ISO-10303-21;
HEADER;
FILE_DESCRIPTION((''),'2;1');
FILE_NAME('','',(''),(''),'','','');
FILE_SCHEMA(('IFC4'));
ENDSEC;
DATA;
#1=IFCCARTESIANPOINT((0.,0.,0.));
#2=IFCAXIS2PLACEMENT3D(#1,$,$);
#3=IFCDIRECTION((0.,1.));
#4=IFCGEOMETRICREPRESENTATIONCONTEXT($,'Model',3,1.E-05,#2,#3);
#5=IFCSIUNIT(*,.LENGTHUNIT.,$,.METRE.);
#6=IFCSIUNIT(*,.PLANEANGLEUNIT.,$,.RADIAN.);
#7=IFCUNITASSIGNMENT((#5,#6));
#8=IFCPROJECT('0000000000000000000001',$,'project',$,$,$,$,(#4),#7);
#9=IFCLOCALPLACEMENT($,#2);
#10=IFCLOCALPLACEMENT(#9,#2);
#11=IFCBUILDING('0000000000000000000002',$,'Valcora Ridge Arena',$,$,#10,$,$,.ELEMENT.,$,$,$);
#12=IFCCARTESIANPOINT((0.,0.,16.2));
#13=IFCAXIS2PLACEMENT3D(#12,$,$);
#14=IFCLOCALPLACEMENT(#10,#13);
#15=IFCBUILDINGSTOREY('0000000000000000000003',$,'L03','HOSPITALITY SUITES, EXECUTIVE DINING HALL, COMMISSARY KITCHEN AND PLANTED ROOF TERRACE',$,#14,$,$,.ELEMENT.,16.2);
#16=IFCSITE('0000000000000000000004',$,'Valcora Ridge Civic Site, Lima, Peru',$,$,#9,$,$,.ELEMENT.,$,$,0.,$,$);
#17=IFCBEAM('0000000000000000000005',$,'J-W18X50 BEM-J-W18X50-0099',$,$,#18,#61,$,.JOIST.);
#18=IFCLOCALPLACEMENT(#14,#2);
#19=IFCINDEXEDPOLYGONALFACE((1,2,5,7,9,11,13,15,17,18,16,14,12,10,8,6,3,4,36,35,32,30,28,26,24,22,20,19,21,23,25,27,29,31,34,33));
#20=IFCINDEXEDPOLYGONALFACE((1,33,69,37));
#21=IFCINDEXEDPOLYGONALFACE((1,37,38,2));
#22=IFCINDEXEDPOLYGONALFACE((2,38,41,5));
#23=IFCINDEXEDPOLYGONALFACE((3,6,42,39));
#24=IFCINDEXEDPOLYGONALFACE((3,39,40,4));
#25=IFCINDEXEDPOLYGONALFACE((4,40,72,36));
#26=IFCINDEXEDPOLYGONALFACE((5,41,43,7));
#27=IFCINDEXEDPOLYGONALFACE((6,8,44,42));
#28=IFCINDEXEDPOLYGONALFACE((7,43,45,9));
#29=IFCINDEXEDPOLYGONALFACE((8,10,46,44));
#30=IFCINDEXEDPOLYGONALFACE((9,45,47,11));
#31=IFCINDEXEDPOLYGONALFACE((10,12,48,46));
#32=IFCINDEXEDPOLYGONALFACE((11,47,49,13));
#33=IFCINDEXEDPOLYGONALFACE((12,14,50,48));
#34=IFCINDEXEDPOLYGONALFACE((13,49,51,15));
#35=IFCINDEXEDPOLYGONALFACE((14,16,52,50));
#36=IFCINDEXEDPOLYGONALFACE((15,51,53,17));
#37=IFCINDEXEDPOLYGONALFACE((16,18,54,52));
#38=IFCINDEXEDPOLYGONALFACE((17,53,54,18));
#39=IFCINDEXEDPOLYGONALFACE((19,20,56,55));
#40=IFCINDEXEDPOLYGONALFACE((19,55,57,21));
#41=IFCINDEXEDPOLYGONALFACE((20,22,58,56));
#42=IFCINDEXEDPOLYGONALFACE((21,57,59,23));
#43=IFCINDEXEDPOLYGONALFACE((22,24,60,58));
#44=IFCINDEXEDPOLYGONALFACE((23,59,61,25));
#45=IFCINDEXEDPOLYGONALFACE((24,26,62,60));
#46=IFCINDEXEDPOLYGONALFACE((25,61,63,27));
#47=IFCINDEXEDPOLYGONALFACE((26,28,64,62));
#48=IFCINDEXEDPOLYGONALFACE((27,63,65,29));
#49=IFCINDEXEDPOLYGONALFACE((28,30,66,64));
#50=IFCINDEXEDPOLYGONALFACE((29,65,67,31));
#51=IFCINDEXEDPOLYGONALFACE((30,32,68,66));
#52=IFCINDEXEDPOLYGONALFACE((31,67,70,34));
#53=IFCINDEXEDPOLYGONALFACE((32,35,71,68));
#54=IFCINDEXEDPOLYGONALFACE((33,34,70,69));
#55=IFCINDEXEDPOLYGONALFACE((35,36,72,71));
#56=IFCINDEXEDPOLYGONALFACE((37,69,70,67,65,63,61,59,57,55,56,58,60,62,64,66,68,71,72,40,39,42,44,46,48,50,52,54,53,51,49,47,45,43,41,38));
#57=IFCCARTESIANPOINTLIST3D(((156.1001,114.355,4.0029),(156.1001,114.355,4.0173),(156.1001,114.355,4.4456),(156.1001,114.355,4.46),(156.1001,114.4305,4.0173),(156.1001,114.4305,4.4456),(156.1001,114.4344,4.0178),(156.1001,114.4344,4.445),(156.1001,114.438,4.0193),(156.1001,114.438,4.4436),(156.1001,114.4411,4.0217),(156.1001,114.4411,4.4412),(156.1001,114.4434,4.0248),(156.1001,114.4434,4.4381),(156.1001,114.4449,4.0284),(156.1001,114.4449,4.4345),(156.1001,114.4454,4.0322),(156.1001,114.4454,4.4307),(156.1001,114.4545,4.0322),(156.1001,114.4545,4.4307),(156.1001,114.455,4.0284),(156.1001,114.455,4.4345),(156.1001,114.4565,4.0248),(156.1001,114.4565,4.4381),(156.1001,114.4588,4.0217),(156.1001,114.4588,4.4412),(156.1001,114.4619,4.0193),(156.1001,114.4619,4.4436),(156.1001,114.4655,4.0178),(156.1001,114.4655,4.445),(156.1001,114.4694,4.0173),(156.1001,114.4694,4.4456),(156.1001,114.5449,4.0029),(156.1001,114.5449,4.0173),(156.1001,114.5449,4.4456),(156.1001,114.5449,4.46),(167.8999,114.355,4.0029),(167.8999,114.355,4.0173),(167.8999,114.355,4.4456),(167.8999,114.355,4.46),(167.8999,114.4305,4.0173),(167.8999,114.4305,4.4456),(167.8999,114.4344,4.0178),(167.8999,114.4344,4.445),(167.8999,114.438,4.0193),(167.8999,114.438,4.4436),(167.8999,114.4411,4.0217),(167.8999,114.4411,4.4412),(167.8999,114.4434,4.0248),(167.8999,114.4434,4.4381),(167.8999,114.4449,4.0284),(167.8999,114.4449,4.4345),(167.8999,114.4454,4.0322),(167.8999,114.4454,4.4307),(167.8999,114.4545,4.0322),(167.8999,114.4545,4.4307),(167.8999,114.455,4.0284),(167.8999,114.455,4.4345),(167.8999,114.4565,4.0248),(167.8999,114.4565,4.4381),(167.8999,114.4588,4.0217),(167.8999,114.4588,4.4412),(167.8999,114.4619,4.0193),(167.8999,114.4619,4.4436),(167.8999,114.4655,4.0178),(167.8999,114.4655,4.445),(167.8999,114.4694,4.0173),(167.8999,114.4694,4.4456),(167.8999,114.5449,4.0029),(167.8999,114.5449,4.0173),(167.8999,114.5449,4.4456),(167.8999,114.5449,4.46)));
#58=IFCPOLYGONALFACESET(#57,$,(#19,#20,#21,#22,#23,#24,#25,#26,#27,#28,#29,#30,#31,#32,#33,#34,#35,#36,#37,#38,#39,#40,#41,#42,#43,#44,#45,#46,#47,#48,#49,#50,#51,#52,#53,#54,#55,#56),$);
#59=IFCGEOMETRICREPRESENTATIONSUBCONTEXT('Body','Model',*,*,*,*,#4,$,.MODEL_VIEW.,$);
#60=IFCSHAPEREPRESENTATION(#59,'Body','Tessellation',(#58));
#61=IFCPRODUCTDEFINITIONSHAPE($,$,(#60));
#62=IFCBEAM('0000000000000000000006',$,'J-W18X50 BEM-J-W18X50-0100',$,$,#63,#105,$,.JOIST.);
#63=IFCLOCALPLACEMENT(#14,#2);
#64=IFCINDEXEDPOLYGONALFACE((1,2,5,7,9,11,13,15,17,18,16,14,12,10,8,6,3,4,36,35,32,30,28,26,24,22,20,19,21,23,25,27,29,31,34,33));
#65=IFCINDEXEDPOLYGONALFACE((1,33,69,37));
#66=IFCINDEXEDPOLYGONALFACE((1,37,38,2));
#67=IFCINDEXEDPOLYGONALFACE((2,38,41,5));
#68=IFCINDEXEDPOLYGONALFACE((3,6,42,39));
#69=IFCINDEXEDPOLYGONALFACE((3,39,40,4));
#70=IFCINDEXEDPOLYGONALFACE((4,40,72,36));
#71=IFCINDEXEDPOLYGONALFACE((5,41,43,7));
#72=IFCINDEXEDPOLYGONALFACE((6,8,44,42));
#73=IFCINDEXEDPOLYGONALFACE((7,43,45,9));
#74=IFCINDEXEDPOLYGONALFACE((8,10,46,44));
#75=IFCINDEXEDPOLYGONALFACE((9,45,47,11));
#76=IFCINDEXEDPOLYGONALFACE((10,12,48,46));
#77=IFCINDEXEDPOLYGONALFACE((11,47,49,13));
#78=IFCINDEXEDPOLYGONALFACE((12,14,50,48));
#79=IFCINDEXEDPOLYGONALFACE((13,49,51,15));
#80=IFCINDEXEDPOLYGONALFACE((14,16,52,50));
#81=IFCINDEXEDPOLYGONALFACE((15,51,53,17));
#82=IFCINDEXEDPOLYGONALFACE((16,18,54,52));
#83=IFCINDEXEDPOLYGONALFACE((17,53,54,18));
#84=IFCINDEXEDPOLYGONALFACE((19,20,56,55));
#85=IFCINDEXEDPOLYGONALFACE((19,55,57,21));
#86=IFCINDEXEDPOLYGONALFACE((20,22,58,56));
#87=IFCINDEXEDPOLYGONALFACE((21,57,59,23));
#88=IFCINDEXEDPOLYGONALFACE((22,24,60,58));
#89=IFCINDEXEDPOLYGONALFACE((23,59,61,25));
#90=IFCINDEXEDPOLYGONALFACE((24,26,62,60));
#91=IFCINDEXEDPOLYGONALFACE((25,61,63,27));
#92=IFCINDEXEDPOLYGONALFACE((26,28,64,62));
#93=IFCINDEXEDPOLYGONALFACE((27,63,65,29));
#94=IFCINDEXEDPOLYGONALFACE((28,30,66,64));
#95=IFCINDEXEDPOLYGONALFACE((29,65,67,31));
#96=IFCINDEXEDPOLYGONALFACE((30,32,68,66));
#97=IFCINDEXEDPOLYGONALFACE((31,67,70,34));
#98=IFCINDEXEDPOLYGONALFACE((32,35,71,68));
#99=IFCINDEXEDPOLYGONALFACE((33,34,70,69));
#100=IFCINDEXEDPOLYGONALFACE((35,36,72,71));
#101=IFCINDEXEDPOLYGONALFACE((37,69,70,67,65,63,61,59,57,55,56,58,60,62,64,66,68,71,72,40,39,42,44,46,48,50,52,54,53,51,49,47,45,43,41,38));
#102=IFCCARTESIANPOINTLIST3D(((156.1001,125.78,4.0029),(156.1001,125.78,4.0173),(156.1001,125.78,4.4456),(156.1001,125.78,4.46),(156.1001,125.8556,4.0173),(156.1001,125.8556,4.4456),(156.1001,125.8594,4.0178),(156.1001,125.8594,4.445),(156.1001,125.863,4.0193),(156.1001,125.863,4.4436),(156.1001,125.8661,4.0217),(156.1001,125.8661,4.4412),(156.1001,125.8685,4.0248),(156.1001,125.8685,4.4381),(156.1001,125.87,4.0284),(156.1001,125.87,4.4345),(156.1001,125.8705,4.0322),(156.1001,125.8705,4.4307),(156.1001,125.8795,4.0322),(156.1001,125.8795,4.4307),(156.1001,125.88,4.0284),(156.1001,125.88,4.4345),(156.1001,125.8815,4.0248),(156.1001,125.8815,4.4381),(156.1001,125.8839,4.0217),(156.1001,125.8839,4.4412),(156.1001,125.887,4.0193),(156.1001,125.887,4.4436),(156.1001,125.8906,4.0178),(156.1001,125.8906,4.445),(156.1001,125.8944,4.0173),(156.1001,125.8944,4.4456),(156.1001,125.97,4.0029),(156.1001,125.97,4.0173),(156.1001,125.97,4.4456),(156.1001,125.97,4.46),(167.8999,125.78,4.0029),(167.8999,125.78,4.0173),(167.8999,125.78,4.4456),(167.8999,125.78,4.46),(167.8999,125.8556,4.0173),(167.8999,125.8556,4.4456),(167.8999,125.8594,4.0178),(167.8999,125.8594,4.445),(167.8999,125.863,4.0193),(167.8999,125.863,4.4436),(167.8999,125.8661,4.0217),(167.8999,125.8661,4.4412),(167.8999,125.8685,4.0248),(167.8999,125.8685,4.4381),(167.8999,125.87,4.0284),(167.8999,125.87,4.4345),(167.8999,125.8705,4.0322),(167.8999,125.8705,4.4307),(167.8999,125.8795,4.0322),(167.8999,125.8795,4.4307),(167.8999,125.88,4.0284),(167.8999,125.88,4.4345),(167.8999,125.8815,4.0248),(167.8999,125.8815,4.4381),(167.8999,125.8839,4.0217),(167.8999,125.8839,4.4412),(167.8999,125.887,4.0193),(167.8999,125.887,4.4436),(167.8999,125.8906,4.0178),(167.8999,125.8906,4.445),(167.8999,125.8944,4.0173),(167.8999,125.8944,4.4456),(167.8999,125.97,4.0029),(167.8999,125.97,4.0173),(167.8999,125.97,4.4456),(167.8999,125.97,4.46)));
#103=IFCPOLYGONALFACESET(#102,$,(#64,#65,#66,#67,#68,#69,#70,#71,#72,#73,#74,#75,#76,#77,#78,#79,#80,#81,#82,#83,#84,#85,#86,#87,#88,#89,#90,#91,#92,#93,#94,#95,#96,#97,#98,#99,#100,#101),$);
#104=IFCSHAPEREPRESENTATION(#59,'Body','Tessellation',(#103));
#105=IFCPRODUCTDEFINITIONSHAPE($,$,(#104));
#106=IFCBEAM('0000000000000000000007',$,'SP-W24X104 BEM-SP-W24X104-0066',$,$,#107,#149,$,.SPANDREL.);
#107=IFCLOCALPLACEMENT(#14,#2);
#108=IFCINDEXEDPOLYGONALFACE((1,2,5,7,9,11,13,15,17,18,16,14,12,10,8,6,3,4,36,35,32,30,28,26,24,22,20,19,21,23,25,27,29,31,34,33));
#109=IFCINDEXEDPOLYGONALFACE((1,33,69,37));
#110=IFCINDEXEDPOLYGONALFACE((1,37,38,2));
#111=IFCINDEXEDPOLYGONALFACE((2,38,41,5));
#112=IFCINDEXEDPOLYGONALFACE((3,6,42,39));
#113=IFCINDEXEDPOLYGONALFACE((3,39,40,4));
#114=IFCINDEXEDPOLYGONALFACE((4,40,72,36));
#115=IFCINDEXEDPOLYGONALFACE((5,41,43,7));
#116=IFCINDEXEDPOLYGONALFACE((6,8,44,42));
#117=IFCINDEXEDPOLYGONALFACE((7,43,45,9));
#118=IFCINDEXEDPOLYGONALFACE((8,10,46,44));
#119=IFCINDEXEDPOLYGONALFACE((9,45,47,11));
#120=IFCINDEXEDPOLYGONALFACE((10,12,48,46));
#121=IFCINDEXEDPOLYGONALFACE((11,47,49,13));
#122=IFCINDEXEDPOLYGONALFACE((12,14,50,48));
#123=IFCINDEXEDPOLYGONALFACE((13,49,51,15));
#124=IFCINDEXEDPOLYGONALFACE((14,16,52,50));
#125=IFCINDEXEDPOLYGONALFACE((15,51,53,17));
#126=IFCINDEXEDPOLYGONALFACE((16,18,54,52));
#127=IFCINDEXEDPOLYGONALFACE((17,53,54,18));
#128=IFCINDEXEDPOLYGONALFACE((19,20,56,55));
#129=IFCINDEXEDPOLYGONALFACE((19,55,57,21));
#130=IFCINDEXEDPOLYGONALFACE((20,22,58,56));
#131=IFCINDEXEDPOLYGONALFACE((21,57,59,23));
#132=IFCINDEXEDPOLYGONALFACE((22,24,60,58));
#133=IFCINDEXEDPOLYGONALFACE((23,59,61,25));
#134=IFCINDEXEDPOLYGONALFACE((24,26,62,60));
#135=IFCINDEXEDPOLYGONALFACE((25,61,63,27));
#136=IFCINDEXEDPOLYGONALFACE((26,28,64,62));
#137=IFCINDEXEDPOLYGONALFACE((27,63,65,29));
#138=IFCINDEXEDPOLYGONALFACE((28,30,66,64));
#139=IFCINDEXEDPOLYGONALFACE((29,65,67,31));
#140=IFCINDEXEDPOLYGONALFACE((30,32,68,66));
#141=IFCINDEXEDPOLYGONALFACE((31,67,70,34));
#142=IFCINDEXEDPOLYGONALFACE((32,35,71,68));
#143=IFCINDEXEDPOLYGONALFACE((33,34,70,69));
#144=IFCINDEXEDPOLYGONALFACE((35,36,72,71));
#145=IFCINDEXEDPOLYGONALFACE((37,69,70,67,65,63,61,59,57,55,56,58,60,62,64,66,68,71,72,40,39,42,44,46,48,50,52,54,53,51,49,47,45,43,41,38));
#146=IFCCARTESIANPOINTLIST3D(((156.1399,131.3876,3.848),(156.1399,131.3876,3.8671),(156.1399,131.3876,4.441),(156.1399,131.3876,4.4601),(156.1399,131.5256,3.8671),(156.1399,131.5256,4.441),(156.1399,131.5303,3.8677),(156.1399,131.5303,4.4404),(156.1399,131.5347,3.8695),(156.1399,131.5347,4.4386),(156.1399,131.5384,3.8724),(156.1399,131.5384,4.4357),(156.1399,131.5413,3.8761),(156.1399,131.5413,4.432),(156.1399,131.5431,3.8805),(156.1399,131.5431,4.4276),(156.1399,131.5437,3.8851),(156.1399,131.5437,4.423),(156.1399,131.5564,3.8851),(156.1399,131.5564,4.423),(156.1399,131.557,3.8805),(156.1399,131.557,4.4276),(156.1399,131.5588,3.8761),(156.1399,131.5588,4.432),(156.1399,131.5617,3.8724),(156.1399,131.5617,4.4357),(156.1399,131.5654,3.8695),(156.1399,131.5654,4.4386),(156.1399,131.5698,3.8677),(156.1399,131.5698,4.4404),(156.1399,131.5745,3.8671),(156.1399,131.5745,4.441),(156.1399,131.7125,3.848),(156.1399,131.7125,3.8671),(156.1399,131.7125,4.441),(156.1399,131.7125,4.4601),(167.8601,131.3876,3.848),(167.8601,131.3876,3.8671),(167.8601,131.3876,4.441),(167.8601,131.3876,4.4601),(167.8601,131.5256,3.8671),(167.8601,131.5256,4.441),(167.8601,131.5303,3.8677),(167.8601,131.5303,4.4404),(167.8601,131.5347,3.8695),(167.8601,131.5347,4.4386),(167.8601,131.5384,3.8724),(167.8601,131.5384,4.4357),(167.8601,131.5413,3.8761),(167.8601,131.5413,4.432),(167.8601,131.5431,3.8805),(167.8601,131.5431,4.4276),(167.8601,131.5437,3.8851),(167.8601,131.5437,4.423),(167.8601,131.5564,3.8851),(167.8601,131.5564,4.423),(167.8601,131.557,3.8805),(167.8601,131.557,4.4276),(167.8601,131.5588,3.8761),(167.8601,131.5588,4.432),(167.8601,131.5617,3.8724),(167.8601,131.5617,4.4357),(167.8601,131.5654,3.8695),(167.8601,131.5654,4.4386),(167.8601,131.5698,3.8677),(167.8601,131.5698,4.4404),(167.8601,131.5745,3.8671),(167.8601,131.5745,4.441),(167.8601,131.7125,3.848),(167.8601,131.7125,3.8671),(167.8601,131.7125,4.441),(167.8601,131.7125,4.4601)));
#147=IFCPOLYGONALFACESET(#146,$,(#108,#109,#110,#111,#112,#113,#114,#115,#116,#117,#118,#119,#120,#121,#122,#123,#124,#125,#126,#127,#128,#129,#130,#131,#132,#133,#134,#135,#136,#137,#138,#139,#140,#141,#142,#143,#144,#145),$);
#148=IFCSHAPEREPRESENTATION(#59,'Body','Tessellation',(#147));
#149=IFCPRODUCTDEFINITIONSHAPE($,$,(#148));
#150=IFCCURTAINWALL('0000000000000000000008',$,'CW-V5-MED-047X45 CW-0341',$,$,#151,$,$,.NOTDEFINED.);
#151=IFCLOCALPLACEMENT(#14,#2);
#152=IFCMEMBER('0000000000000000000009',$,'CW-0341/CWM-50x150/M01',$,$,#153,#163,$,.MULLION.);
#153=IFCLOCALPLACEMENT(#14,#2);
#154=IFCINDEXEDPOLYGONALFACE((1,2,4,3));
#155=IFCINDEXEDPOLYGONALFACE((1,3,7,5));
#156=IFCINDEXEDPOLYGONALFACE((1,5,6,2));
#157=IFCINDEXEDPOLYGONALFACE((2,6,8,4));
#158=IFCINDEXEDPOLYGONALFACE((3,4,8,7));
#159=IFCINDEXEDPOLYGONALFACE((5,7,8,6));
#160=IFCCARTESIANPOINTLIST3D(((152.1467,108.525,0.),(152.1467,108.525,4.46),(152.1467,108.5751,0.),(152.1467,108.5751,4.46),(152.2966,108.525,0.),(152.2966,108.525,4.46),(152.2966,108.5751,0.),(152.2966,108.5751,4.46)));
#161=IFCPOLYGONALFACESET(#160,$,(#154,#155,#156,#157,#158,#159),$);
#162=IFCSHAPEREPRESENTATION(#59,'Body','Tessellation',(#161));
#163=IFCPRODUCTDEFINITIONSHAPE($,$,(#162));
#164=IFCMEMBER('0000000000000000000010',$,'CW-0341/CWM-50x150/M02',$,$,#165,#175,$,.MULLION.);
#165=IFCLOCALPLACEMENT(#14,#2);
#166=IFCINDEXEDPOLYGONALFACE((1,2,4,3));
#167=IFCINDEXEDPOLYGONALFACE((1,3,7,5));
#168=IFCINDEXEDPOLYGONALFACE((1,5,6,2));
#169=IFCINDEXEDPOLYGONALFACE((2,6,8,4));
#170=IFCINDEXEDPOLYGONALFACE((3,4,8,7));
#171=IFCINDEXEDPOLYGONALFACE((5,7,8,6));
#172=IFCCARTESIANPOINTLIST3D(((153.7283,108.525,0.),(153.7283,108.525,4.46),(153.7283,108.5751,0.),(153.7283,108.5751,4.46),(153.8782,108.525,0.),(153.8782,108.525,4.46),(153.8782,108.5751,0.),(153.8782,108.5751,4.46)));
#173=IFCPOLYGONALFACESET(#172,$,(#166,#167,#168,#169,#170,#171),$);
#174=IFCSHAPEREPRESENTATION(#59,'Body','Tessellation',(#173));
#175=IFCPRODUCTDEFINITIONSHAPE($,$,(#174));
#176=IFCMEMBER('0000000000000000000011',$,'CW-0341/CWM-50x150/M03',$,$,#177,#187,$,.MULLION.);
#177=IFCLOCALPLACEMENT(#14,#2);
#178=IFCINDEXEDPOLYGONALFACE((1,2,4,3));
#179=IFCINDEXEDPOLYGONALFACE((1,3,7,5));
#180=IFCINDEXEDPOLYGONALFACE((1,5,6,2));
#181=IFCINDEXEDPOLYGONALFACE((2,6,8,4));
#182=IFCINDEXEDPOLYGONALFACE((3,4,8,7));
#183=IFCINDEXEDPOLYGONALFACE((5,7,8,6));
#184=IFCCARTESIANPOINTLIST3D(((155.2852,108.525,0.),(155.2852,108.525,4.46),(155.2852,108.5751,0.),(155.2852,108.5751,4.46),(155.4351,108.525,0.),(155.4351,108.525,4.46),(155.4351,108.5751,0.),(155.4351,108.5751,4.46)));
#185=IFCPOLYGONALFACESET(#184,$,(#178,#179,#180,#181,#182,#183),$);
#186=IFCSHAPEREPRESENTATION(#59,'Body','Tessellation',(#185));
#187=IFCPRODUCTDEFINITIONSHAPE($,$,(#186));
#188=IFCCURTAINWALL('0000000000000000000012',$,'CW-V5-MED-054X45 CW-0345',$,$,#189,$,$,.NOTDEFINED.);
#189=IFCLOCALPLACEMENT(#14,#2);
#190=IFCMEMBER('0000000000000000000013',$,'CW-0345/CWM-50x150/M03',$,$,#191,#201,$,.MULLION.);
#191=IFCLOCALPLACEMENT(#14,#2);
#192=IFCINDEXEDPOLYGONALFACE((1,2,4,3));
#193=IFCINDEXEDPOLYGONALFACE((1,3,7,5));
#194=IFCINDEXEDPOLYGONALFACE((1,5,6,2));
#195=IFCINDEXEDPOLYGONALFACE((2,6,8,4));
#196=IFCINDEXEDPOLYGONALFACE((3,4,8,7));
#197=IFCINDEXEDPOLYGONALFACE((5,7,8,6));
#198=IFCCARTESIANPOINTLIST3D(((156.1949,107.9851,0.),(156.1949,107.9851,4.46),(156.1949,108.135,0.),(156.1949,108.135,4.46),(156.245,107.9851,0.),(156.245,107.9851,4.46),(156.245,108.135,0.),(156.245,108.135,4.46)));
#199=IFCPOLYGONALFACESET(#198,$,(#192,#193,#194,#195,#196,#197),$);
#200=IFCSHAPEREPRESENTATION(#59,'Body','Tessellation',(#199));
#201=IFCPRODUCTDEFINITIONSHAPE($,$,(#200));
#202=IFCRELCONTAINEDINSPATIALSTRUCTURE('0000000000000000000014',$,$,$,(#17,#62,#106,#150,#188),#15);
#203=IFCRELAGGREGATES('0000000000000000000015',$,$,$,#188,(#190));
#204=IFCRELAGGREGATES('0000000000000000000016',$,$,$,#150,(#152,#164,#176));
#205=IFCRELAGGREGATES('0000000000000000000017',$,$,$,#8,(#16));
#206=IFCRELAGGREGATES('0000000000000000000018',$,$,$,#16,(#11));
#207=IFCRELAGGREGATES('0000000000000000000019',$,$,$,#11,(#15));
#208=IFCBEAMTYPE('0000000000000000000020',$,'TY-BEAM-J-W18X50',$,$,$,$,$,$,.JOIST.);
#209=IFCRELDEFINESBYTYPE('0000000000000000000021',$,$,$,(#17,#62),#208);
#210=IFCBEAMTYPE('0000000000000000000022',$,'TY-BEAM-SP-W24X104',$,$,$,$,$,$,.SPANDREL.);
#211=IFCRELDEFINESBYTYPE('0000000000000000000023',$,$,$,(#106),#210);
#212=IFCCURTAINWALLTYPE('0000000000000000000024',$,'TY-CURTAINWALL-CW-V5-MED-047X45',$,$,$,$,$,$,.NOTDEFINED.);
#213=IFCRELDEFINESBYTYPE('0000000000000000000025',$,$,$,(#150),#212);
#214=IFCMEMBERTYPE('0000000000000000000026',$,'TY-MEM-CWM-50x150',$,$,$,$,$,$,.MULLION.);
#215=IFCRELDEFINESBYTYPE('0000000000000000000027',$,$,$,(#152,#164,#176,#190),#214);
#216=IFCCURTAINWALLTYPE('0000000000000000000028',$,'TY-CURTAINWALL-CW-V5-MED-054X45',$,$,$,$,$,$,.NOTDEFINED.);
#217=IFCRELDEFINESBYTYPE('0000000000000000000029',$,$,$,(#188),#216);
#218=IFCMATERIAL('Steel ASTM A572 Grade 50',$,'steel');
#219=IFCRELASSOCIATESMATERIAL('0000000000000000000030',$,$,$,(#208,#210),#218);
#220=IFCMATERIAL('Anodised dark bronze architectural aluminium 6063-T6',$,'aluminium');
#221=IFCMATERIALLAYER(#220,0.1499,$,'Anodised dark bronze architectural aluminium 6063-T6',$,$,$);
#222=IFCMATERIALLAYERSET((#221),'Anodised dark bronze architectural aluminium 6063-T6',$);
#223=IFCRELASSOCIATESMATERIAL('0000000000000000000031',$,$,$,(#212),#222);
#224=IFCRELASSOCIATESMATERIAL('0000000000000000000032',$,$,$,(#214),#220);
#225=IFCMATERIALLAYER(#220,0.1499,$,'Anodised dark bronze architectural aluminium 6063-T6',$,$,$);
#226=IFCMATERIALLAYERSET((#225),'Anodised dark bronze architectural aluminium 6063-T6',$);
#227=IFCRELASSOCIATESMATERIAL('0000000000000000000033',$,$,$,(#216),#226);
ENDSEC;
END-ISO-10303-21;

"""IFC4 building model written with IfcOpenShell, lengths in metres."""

from ifc_helpers import new_model, si_unit, direction, frame, origin, origin_2d, place, context, subcontext, project, spatial, rectangle, i_section, extrude, material, layer, layer_set, material_profile, profile_set, type_object, element, aggregate, save


model = new_model("IFC4")

# Units and contexts
model_context = context("Model", 3, precision=1e-05, world=origin(), true_north=direction((0.0, 1.0)))
body_context = subcontext(model_context, "Body", "Model", "MODEL_VIEW")
ifc_project = project(units=[si_unit("LENGTHUNIT", "METRE"), si_unit("PLANEANGLEUNIT", "RADIAN")], contexts=[model_context])

# Site, building, storey
site_placement = place(None, origin())
site = spatial("IfcSite", under=ifc_project, at=site_placement, Name="Valcora Ridge Civic Site, Lima, Peru", CompositionType="ELEMENT", RefElevation=0.0)
building_placement = place(site_placement, origin())
building = spatial("IfcBuilding", under=site, at=building_placement, Name="Valcora Ridge Arena", CompositionType="ELEMENT")
storey_placement = place(building_placement, frame((0.0, 0.0, 16.2)))
storey = spatial("IfcBuildingStorey", under=building, at=storey_placement, Name="L03", Description="HOSPITALITY SUITES, EXECUTIVE DINING HALL, COMMISSARY KITCHEN AND PLANTED ROOF TERRACE", CompositionType="ELEMENT", Elevation=16.2)

# Beams
ifc_material_1 = material(Name="Steel ASTM A572 Grade 50", Category="steel")
ifc_material_profile_1 = material_profile(ifc_material_1, i_section(OverallWidth=0.1899, OverallDepth=0.457, WebThickness=0.009, FlangeThickness=0.0144, FilletRadius=0.0149, at=origin_2d()), Name="W18X50")
ifc_profile_set_1 = profile_set([ifc_material_profile_1], Name="Steel ASTM A572 Grade 50")
beam_type_1 = type_object("IfcBeamType", Name="TY-BEAM-J-W18X50", PredefinedType="JOIST", material=ifc_profile_set_1)
for number, where, z_axis, x_axis, name in (
    (1, (156.1001, 114.45, 4.2314), (1.0, 0.0, 0.0), (0.0, 1.0, 0.0), "J-W18X50 BEM-J-W18X50-0099"),
    (2, (156.1001, 125.875, 4.2314), (1.0, 0.0, 0.0), (0.0, 1.0, 0.0), "J-W18X50 BEM-J-W18X50-0100"),
):
    element("IfcBeam", number, at=place(storey_placement, frame(where, z_axis=z_axis, x_axis=x_axis)), inside=storey, type_object=beam_type_1, Name=name, PredefinedType="JOIST", context=body_context, shape_type="SweptSolid", body=[
        extrude(i_section(OverallWidth=0.1899, OverallDepth=0.457, WebThickness=0.009, FlangeThickness=0.0144, FilletRadius=0.0149, at=origin_2d()), origin(), (0.0, 0.0, 1.0), 11.7998),
    ])
ifc_material_profile_2 = material_profile(ifc_material_1, i_section(OverallWidth=0.325, OverallDepth=0.6121, WebThickness=0.0127, FlangeThickness=0.019, FilletRadius=0.0181, at=origin_2d()), Name="W24X104")
ifc_profile_set_2 = profile_set([ifc_material_profile_2], Name="Steel ASTM A572 Grade 50")
beam_type_2 = type_object("IfcBeamType", Name="TY-BEAM-SP-W24X104", PredefinedType="SPANDREL", material=ifc_profile_set_2)
beam_1_placement = place(storey_placement, frame((156.1399, 131.55, 4.1541), z_axis=(1.0, 0.0, 0.0), x_axis=(0.0, 1.0, 0.0)))
element("IfcBeam", 3, at=beam_1_placement, inside=storey, type_object=beam_type_2, Name="SP-W24X104 BEM-SP-W24X104-0066", PredefinedType="SPANDREL", context=body_context, shape_type="SweptSolid", body=[
    extrude(i_section(OverallWidth=0.325, OverallDepth=0.6121, WebThickness=0.0127, FlangeThickness=0.019, FilletRadius=0.0181, at=origin_2d()), origin(), (0.0, 0.0, 1.0), 11.7202),
])

# Curtain wall, members
ifc_material_2 = material(Name="Anodised dark bronze architectural aluminium 6063-T6", Category="aluminium")
ifc_layer_1 = layer(ifc_material_2, 0.1499, Name="Anodised dark bronze architectural aluminium 6063-T6")
ifc_layer_set_1 = layer_set([ifc_layer_1], Name="Anodised dark bronze architectural aluminium 6063-T6")
curtain_wall_type_1 = type_object("IfcCurtainWallType", Name="TY-CURTAINWALL-CW-V5-MED-047X45", PredefinedType="NOTDEFINED", material=ifc_layer_set_1)
curtain_wall_1_placement = place(storey_placement, origin())
curtain_wall_1 = element("IfcCurtainWall", 4, at=curtain_wall_1_placement, inside=storey, type_object=curtain_wall_type_1, Name="CW-V5-MED-047X45 CW-0341", PredefinedType="NOTDEFINED")
ifc_material_profile_3 = material_profile(ifc_material_2, rectangle(XDim=0.05, YDim=0.1499, at=origin_2d()), Name="ALU MULLION 50x150")
ifc_profile_set_3 = profile_set([ifc_material_profile_3], Name="Anodised dark bronze architectural aluminium 6063-T6")
member_type_1 = type_object("IfcMemberType", Name="TY-MEM-CWM-50x150", PredefinedType="MULLION", material=ifc_profile_set_3)
member_1_placement = place(storey_placement, frame((152.2217, 108.55, 0.0), z_axis=(0.0, 0.0, 1.0), x_axis=(0.0, 1.0, 0.0)))
member_1 = element("IfcMember", 5, at=member_1_placement, type_object=member_type_1, Name="CW-0341/CWM-50x150/M01", PredefinedType="MULLION", context=body_context, shape_type="SweptSolid", body=[
    extrude(rectangle(XDim=0.05, YDim=0.1499, at=origin_2d()), origin(), (0.0, 0.0, 1.0), 4.46),
])
member_2_placement = place(storey_placement, frame((153.8032, 108.55, 0.0), z_axis=(0.0, 0.0, 1.0), x_axis=(0.0, 1.0, 0.0)))
member_2 = element("IfcMember", 6, at=member_2_placement, type_object=member_type_1, Name="CW-0341/CWM-50x150/M02", PredefinedType="MULLION", context=body_context, shape_type="SweptSolid", body=[
    extrude(rectangle(XDim=0.05, YDim=0.1499, at=origin_2d()), origin(), (0.0, 0.0, 1.0), 4.46),
])
member_3_placement = place(storey_placement, frame((155.3601, 108.55, 0.0), z_axis=(0.0, 0.0, 1.0), x_axis=(0.0, 1.0, 0.0)))
member_3 = element("IfcMember", 7, at=member_3_placement, type_object=member_type_1, Name="CW-0341/CWM-50x150/M03", PredefinedType="MULLION", context=body_context, shape_type="SweptSolid", body=[
    extrude(rectangle(XDim=0.05, YDim=0.1499, at=origin_2d()), origin(), (0.0, 0.0, 1.0), 4.46),
])

# Curtain wall, member
ifc_layer_2 = layer(ifc_material_2, 0.1499, Name="Anodised dark bronze architectural aluminium 6063-T6")
ifc_layer_set_2 = layer_set([ifc_layer_2], Name="Anodised dark bronze architectural aluminium 6063-T6")
curtain_wall_type_2 = type_object("IfcCurtainWallType", Name="TY-CURTAINWALL-CW-V5-MED-054X45", PredefinedType="NOTDEFINED", material=ifc_layer_set_2)
curtain_wall_2_placement = place(storey_placement, origin())
curtain_wall_2 = element("IfcCurtainWall", 8, at=curtain_wall_2_placement, inside=storey, type_object=curtain_wall_type_2, Name="CW-V5-MED-054X45 CW-0345", PredefinedType="NOTDEFINED")
member_4_placement = place(storey_placement, frame((156.22, 108.0601, 0.0), z_axis=(0.0, 0.0, 1.0), x_axis=(-1.0, 0.0, 0.0)))
member_4 = element("IfcMember", 9, at=member_4_placement, type_object=member_type_1, Name="CW-0345/CWM-50x150/M03", PredefinedType="MULLION", context=body_context, shape_type="SweptSolid", body=[
    extrude(rectangle(XDim=0.05, YDim=0.1499, at=origin_2d()), origin(), (0.0, 0.0, 1.0), 4.46),
])
aggregate(curtain_wall_2, [member_4])

aggregate(curtain_wall_1, [member_1, member_2, member_3])

save(model, "model.ifc")
